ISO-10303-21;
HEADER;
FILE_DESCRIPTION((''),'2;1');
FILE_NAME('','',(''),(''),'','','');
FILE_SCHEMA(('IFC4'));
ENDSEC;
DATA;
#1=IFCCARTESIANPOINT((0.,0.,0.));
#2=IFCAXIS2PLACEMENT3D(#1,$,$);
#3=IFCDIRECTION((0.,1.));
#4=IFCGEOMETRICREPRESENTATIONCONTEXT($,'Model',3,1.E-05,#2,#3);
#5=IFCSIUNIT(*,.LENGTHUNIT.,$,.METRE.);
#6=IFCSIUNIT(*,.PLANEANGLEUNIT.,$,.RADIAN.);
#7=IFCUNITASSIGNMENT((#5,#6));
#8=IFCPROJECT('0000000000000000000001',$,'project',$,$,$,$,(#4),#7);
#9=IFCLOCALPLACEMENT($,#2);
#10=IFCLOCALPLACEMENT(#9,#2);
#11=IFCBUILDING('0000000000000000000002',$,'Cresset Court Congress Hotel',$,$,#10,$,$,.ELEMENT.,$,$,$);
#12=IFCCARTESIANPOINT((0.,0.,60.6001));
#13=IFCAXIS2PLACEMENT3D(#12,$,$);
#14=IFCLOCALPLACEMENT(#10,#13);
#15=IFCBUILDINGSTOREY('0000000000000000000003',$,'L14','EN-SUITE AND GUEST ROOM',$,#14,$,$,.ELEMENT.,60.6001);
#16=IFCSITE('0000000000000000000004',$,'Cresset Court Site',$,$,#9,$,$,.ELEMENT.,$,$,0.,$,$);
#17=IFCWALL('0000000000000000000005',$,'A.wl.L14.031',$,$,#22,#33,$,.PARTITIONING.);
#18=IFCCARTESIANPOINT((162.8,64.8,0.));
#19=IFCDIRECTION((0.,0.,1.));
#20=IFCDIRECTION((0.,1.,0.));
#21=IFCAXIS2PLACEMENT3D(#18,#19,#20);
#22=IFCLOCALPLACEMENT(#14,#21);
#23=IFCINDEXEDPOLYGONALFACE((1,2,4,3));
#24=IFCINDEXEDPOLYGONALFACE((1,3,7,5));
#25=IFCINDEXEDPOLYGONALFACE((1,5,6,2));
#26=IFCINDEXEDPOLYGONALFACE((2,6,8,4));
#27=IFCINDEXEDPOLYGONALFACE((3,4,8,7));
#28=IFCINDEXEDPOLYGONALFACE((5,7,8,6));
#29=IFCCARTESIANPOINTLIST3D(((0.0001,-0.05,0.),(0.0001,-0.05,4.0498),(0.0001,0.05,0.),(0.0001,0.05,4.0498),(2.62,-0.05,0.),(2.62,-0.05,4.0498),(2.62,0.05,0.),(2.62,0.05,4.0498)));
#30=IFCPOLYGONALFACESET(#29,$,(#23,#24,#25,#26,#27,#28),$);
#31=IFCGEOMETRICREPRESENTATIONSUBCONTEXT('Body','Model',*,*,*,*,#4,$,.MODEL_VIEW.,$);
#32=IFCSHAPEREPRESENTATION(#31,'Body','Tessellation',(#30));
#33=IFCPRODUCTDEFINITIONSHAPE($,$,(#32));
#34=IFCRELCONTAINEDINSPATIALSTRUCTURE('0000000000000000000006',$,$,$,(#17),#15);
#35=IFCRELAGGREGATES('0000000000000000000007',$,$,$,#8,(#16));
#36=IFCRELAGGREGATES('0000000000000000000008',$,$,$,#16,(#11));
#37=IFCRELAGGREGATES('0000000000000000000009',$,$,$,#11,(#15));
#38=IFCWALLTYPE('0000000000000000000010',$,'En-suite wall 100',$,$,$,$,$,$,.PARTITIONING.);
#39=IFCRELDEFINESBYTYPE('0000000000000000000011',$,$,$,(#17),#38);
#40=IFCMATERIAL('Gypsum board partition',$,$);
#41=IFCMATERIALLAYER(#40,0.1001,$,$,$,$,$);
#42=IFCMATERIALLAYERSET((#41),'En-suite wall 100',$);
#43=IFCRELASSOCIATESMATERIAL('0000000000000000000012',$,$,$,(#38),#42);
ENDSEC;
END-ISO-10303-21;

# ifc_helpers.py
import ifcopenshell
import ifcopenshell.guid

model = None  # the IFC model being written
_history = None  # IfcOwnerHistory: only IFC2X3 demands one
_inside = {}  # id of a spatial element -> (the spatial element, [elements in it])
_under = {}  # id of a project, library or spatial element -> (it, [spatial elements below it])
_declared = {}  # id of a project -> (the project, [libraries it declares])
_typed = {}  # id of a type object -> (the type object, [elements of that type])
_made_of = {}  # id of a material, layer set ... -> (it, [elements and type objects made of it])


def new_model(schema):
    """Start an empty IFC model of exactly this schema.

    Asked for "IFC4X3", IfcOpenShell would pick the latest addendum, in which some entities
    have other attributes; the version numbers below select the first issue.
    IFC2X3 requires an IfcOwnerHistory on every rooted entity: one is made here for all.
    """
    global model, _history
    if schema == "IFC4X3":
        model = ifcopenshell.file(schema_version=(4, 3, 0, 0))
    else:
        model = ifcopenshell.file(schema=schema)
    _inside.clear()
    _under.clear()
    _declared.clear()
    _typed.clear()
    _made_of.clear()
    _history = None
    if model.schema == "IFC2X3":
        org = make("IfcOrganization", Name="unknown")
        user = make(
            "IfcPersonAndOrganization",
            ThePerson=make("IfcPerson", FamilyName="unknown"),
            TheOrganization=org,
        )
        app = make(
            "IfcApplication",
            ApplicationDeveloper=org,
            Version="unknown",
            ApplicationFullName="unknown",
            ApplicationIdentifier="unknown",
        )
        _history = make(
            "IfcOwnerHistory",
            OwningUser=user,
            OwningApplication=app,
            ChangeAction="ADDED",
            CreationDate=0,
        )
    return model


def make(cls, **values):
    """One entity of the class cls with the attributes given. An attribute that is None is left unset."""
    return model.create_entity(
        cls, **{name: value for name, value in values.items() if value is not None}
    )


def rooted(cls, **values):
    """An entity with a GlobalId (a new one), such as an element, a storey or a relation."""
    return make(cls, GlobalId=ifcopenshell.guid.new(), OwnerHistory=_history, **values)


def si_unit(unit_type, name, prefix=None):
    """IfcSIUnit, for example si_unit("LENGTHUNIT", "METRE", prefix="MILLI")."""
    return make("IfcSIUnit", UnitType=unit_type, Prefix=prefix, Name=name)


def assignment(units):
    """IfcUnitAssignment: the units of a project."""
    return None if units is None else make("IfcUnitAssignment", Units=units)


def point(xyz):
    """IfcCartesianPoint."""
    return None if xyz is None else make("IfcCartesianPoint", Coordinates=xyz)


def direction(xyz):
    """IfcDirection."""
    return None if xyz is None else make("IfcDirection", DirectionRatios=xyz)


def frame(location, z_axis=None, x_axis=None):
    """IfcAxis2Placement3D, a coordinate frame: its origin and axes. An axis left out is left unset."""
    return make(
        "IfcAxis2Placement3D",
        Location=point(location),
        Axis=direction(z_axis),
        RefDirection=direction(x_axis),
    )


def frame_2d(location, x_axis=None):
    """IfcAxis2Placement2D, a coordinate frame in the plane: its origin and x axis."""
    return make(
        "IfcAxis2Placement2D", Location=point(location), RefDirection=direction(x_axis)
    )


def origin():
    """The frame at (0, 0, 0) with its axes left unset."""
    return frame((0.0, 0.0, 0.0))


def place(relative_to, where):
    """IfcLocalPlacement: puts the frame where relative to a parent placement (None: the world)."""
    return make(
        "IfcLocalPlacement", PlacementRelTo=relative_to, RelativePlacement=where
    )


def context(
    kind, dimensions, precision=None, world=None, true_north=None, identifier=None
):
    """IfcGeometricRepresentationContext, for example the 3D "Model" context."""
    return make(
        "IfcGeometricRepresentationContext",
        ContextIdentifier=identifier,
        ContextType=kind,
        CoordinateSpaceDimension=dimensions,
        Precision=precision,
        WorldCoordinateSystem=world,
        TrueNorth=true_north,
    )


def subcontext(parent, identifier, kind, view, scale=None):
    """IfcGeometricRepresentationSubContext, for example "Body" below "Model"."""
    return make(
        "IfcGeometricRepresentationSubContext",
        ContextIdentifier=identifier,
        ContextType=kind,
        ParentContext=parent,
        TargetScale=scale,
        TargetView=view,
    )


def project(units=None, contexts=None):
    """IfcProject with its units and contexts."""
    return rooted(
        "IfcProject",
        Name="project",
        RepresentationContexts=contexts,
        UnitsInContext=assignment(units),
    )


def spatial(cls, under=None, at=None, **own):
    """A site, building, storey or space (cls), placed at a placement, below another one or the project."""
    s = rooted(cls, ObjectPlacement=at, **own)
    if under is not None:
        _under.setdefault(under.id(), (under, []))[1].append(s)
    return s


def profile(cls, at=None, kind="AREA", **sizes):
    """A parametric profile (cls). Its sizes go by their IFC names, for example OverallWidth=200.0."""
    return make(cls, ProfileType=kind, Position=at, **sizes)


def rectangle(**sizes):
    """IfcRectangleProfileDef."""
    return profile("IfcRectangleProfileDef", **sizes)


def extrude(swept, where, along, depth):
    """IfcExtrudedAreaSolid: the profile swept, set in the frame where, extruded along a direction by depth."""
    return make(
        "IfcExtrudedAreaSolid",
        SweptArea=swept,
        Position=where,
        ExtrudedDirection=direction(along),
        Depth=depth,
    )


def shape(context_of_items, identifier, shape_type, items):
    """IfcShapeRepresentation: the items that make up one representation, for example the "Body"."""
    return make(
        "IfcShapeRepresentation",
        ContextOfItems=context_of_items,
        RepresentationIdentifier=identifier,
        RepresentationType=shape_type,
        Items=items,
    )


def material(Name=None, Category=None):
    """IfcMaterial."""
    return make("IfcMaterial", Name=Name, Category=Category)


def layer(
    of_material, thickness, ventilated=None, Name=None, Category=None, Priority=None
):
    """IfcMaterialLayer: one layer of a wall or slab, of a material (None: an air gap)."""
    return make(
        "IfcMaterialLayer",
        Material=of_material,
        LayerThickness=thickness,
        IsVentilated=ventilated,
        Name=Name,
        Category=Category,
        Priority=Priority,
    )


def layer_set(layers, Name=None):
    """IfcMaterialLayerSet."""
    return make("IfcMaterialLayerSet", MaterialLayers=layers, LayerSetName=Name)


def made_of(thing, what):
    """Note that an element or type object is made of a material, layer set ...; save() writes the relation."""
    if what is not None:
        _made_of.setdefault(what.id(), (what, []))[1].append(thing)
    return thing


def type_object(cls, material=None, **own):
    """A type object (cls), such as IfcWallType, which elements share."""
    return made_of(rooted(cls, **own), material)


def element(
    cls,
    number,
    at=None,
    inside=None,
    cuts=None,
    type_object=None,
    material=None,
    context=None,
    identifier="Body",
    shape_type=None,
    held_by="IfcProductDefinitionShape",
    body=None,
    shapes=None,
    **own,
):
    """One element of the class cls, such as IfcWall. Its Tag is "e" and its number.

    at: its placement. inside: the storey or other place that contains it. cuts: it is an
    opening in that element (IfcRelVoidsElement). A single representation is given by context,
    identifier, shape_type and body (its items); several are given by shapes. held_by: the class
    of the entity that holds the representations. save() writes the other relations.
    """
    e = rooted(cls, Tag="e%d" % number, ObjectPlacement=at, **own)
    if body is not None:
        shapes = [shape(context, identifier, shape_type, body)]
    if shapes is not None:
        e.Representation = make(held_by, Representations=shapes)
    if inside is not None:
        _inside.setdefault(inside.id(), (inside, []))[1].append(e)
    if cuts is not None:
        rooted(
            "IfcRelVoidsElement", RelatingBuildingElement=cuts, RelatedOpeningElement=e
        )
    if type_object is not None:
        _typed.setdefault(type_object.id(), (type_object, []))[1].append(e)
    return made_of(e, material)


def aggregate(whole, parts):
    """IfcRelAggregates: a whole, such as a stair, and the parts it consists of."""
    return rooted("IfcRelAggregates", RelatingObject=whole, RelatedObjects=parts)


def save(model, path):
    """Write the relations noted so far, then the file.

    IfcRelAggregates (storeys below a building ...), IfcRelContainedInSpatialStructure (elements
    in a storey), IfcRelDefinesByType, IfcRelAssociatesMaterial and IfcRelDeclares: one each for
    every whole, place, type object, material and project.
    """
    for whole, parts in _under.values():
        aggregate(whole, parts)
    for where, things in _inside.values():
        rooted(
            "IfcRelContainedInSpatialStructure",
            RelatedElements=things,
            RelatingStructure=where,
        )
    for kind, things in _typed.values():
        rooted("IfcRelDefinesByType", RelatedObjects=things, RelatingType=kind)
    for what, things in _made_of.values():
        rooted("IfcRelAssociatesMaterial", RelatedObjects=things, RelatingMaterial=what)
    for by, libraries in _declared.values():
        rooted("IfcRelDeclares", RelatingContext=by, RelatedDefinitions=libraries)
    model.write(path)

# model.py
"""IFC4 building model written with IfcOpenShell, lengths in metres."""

from ifc_helpers import new_model, si_unit, direction, frame, frame_2d, origin, place, context, subcontext, project, spatial, rectangle, extrude, material, layer, layer_set, type_object, element, save


model = new_model("IFC4")

# Units and contexts
model_context = context("Model", 3, precision=1e-05, world=origin(), true_north=direction((0.0, 1.0)))
body_context = subcontext(model_context, "Body", "Model", "MODEL_VIEW")
ifc_project = project(units=[si_unit("LENGTHUNIT", "METRE"), si_unit("PLANEANGLEUNIT", "RADIAN")], contexts=[model_context])

# Site, building, storey
site_placement = place(None, origin())
site = spatial("IfcSite", under=ifc_project, at=site_placement, Name="Cresset Court Site", CompositionType="ELEMENT", RefElevation=0.0)
building_placement = place(site_placement, origin())
building = spatial("IfcBuilding", under=site, at=building_placement, Name="Cresset Court Congress Hotel", CompositionType="ELEMENT")
storey_placement = place(building_placement, frame((0.0, 0.0, 60.6001)))
storey = spatial("IfcBuildingStorey", under=building, at=storey_placement, Name="L14", Description="EN-SUITE AND GUEST ROOM", CompositionType="ELEMENT", Elevation=60.6001)

# Shared definitions
ifc_material_1 = material(Name="Gypsum board partition")
ifc_layer_1 = layer(ifc_material_1, 0.1001)
ifc_layer_set_1 = layer_set([ifc_layer_1], Name="En-suite wall 100")
wall_type_1 = type_object("IfcWallType", Name="En-suite wall 100", PredefinedType="PARTITIONING", material=ifc_layer_set_1)

# Wall
wall_1_placement = place(storey_placement, frame((162.8, 64.8, 0.0), z_axis=(0.0, 0.0, 1.0), x_axis=(0.0, 1.0, 0.0)))
element("IfcWall", 1, at=wall_1_placement, inside=storey, type_object=wall_type_1, Name="A.wl.L14.031", PredefinedType="PARTITIONING", context=body_context, shape_type="SweptSolid", body=[
    extrude(rectangle(XDim=2.6199, YDim=0.1001, at=frame_2d((1.3101, 0.0))), origin(), (0.0, 0.0, 1.0), 4.0498),
])

save(model, "model.ifc")
